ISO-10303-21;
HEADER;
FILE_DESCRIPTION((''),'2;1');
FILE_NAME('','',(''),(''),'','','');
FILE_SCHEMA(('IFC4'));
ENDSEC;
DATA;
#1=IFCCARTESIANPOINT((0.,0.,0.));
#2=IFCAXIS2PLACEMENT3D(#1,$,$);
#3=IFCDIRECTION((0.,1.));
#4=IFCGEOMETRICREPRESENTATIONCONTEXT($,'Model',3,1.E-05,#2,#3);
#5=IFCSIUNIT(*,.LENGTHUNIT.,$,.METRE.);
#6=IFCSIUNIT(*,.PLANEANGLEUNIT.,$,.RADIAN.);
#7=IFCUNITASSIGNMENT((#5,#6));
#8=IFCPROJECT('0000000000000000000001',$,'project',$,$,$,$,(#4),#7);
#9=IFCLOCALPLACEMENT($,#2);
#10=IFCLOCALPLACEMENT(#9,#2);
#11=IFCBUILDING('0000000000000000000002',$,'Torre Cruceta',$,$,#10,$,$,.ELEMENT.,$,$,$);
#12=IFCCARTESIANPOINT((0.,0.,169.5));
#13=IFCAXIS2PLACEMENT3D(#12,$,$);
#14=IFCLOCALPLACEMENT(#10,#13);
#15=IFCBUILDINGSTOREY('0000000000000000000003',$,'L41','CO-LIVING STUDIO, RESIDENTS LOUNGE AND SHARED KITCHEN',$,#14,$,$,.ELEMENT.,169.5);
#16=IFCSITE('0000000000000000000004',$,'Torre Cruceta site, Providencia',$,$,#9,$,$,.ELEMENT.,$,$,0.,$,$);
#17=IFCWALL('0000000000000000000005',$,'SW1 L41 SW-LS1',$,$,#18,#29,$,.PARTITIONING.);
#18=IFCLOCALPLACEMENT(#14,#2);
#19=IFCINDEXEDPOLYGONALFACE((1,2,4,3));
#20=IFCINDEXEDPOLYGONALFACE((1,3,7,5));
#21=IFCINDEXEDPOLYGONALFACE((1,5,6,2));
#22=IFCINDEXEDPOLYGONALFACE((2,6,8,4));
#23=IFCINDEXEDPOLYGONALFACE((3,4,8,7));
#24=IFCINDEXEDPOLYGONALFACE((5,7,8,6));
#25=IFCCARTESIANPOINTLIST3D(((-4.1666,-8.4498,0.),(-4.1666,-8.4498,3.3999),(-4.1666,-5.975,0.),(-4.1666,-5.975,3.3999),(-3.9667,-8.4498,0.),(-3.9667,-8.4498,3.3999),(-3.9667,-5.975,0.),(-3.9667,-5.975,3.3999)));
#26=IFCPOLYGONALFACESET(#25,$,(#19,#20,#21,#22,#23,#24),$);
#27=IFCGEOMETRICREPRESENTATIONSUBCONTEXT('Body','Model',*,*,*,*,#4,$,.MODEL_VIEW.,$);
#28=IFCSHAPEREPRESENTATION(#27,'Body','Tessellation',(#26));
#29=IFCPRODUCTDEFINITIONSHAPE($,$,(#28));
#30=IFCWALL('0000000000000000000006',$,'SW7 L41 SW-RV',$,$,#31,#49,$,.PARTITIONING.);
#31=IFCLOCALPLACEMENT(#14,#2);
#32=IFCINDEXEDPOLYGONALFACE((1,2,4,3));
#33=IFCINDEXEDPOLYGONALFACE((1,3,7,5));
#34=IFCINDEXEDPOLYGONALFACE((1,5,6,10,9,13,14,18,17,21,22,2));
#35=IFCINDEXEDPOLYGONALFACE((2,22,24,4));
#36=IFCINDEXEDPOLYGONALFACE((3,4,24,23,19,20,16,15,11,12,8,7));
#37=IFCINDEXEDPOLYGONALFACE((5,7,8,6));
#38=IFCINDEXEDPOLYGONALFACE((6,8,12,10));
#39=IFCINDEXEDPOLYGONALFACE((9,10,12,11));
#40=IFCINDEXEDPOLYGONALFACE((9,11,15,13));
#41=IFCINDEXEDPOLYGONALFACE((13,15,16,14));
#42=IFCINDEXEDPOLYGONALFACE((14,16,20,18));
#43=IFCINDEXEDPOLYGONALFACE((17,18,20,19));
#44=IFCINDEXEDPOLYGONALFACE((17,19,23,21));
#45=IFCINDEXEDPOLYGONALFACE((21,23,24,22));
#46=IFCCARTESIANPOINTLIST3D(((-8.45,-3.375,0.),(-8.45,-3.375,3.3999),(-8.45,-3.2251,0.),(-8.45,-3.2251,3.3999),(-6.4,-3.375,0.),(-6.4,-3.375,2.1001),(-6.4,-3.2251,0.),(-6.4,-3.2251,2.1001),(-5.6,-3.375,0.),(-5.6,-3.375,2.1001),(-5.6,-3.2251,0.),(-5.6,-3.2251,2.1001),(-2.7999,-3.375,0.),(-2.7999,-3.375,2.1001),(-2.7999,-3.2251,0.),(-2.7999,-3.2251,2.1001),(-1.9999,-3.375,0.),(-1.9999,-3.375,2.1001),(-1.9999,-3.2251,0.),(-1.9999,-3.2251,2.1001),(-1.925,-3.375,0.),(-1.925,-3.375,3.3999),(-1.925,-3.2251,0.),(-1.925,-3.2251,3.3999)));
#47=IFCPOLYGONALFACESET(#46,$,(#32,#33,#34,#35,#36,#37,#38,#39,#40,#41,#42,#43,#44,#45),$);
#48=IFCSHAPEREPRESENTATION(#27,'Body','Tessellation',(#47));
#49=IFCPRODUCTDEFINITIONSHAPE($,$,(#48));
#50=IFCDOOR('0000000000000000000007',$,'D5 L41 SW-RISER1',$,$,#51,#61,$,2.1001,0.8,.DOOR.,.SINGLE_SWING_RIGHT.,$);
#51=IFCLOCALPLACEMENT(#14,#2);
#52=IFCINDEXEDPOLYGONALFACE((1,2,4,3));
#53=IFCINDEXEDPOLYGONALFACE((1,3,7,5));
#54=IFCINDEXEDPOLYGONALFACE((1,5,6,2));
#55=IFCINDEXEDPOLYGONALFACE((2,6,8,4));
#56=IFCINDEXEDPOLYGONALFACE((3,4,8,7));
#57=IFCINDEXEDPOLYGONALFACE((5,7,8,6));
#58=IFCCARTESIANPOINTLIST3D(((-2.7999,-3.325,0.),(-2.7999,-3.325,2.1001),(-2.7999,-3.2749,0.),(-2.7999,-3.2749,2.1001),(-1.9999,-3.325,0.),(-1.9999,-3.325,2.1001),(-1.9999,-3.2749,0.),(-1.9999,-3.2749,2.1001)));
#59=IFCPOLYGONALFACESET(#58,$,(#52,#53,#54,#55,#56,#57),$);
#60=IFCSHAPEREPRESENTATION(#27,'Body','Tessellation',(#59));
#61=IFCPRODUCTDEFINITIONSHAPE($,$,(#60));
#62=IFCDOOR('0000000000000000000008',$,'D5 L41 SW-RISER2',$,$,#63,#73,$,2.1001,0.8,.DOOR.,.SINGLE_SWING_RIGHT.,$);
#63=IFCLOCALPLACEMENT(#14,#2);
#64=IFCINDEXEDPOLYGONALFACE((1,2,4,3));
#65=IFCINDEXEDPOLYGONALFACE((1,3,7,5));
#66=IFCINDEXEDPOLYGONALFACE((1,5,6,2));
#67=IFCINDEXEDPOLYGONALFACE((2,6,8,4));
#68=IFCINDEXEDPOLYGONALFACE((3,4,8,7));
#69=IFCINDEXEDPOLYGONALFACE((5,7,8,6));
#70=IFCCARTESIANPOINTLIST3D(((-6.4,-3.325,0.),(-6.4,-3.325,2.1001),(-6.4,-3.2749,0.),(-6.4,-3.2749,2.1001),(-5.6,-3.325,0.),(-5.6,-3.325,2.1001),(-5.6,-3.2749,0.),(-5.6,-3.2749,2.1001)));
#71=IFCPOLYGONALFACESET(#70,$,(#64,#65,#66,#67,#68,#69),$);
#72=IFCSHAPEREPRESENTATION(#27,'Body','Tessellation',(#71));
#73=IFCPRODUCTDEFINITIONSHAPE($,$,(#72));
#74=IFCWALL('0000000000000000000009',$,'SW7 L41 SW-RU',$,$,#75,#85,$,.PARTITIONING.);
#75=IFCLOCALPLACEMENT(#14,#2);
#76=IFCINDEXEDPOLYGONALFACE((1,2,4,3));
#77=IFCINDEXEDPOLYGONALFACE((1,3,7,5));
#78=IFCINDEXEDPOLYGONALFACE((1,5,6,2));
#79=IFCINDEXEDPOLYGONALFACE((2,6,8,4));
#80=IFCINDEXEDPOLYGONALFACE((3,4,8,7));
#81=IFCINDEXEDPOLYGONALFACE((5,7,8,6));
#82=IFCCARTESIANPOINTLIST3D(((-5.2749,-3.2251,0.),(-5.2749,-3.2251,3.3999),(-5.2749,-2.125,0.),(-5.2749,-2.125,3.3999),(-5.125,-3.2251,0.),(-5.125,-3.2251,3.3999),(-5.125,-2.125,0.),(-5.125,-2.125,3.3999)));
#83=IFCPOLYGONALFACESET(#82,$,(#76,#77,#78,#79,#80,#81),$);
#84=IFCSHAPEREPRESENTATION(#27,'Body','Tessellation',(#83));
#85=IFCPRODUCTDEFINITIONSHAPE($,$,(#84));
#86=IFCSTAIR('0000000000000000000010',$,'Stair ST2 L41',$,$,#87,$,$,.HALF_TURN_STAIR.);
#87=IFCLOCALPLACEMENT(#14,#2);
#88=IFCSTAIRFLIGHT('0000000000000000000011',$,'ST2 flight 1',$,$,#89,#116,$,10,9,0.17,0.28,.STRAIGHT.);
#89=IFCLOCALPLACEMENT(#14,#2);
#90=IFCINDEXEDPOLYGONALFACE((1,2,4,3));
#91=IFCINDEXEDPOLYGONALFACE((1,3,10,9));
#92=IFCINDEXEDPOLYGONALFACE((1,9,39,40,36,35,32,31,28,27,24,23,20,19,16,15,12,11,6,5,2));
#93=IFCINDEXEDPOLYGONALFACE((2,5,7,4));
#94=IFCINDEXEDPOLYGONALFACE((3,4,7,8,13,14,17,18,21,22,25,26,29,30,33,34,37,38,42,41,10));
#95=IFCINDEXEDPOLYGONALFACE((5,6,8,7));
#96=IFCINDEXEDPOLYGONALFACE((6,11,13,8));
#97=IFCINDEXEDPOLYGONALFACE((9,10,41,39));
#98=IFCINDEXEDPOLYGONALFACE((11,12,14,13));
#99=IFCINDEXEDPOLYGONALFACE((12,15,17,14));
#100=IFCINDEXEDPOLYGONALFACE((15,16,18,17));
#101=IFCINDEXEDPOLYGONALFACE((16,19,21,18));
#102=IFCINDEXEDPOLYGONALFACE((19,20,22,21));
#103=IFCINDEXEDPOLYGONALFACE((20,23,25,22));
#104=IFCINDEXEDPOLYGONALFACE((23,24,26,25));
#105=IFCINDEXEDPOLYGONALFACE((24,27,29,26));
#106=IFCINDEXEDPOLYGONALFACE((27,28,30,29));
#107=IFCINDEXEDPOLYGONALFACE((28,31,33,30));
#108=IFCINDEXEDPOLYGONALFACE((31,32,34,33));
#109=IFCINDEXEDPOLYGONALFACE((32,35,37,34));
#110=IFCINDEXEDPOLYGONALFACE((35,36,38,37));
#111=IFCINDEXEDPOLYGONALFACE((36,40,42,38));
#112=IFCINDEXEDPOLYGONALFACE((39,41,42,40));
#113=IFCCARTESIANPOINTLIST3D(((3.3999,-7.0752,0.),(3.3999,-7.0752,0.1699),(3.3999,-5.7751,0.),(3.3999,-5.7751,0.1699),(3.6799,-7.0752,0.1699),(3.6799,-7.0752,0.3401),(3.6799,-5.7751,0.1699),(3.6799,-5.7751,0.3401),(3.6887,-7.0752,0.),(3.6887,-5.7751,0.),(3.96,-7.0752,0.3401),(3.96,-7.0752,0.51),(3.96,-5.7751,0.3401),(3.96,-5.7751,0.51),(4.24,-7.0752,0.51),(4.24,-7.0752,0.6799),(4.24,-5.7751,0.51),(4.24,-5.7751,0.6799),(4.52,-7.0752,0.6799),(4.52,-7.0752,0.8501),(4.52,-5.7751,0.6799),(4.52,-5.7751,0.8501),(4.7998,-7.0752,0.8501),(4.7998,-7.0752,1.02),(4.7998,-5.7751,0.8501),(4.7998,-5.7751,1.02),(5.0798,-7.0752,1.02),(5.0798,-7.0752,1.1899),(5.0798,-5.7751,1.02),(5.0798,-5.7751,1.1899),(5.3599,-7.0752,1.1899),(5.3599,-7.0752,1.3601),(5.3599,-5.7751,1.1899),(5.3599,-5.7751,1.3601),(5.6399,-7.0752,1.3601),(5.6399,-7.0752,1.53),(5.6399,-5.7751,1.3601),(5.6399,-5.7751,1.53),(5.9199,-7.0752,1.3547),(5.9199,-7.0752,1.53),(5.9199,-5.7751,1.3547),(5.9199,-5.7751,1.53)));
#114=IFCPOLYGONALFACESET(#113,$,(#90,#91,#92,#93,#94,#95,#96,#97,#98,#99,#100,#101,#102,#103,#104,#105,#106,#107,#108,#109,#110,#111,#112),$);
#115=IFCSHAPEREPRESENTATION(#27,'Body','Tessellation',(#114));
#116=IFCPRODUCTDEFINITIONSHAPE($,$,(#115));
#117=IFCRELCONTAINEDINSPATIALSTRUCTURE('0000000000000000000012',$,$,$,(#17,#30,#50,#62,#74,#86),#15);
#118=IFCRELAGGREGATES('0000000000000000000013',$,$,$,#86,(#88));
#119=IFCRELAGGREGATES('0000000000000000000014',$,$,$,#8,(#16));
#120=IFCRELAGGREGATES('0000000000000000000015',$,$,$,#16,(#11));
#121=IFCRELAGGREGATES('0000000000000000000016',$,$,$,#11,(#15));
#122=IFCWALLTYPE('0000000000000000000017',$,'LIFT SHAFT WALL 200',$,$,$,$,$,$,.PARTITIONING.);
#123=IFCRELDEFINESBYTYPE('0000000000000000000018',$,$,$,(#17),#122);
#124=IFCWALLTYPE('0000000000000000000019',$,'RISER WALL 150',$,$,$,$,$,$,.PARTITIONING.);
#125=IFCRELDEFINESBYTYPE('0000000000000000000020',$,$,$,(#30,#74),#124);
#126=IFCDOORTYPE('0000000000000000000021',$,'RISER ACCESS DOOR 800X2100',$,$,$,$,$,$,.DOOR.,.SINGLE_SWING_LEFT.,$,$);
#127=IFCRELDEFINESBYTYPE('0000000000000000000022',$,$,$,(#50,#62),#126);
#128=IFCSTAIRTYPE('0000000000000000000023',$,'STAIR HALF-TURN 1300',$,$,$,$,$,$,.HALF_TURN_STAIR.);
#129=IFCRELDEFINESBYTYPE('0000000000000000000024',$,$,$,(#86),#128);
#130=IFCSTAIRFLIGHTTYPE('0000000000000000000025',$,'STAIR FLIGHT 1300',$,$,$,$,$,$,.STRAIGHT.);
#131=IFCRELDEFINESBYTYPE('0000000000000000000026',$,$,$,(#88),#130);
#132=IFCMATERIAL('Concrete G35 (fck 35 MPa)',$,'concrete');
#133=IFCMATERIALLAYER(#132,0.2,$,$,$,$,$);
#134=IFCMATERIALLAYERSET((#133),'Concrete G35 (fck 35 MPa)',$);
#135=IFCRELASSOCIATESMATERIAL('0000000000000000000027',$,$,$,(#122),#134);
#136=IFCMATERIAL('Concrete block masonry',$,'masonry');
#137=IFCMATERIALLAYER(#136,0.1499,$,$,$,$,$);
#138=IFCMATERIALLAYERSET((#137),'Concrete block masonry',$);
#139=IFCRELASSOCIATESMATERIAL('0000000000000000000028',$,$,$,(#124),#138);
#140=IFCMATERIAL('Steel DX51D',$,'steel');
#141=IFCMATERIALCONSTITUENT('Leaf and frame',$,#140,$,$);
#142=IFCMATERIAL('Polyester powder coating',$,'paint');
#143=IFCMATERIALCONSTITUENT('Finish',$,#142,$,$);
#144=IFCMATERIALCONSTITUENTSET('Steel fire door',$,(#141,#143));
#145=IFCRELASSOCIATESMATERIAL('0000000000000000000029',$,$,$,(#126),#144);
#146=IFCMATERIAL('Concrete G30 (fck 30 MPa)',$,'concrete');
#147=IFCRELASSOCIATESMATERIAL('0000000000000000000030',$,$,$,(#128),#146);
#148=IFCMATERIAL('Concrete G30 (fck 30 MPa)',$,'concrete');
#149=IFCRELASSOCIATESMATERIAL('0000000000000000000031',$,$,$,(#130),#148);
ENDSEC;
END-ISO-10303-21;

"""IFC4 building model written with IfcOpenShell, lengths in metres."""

from ifc_helpers import new_model, si_unit, direction, frame, frame_2d, origin, place, context, subcontext, project, spatial, polyline, rectangle, outline, extrude, material, layer, layer_set, constituent, constituent_set, type_object, element, fill, aggregate, save


model = new_model("IFC4")

# Units and contexts
model_context = context("Model", 3, precision=1e-05, world=origin(), true_north=direction((0.0, 1.0)))
body_context = subcontext(model_context, "Body", "Model", "MODEL_VIEW")
ifc_project = project(units=[si_unit("LENGTHUNIT", "METRE"), si_unit("PLANEANGLEUNIT", "RADIAN")], contexts=[model_context])

# Site, building, storey
site_placement = place(None, origin())
site = spatial("IfcSite", under=ifc_project, at=site_placement, Name="Torre Cruceta site, Providencia", CompositionType="ELEMENT", RefElevation=0.0)
building_placement = place(site_placement, origin())
building = spatial("IfcBuilding", under=site, at=building_placement, Name="Torre Cruceta", CompositionType="ELEMENT")
storey_placement = place(building_placement, frame((0.0, 0.0, 169.5)))
storey = spatial("IfcBuildingStorey", under=building, at=storey_placement, Name="L41", Description="CO-LIVING STUDIO, RESIDENTS LOUNGE AND SHARED KITCHEN", CompositionType="ELEMENT", Elevation=169.5)

# Wall
ifc_material_1 = material(Name="Concrete G35 (fck 35 MPa)", Category="concrete")
ifc_layer_1 = layer(ifc_material_1, 0.2)
ifc_layer_set_1 = layer_set([ifc_layer_1], Name="Concrete G35 (fck 35 MPa)")
wall_type_1 = type_object("IfcWallType", Name="LIFT SHAFT WALL 200", PredefinedType="PARTITIONING", material=ifc_layer_set_1)
wall_1_placement = place(storey_placement, frame((-4.0667, -5.9751, 0.0), z_axis=(0.0, 0.0, 1.0), x_axis=(0.0, -1.0, 0.0)))
element("IfcWall", 1, at=wall_1_placement, inside=storey, type_object=wall_type_1, Name="SW1 L41 SW-LS1", PredefinedType="PARTITIONING", context=body_context, shape_type="SweptSolid", body=[
    extrude(rectangle(XDim=2.4749, YDim=0.2, at=frame_2d((1.2373, 0.0))), origin(), (0.0, 0.0, 1.0), 3.3999),
])

# Wall, openings, doors
ifc_material_2 = material(Name="Concrete block masonry", Category="masonry")
ifc_layer_2 = layer(ifc_material_2, 0.1499)
ifc_layer_set_2 = layer_set([ifc_layer_2], Name="Concrete block masonry")
wall_type_2 = type_object("IfcWallType", Name="RISER WALL 150", PredefinedType="PARTITIONING", material=ifc_layer_set_2)
wall_2_placement = place(storey_placement, frame((-1.925, -3.3, 0.0), z_axis=(0.0, 0.0, 1.0), x_axis=(-1.0, 0.0, 0.0)))
wall_2 = element("IfcWall", 2, at=wall_2_placement, inside=storey, type_object=wall_type_2, Name="SW7 L41 SW-RV", PredefinedType="PARTITIONING", context=body_context, shape_type="SweptSolid", body=[
    extrude(rectangle(XDim=6.5249, YDim=0.1499, at=frame_2d((3.2625, 0.0))), origin(), (0.0, 0.0, 1.0), 3.3999),
])
opening_1_placement = place(wall_2_placement, frame((0.075, 0.0, 0.0)))
opening_1 = element("IfcOpeningElement", 3, at=opening_1_placement, cuts=wall_2, PredefinedType="OPENING", context=body_context, shape_type="SweptSolid", body=[
    extrude(rectangle(XDim=0.8, YDim=2.1001, at=frame_2d((0.3999, 1.05))), frame((0.0, 0.085, 0.0), z_axis=(0.0, -1.0, 0.0), x_axis=(1.0, 0.0, 0.0)), (0.0, 0.0, 1.0), 0.1699),
])
opening_2_placement = place(wall_2_placement, frame((3.675, 0.0, 0.0)))
opening_2 = element("IfcOpeningElement", 4, at=opening_2_placement, cuts=wall_2, PredefinedType="OPENING", context=body_context, shape_type="SweptSolid", body=[
    extrude(rectangle(XDim=0.8, YDim=2.1001, at=frame_2d((0.3999, 1.05))), frame((0.0, 0.085, 0.0), z_axis=(0.0, -1.0, 0.0), x_axis=(1.0, 0.0, 0.0)), (0.0, 0.0, 1.0), 0.1699),
])
ifc_material_3 = material(Name="Steel DX51D", Category="steel")
ifc_constituent_1 = constituent(ifc_material_3, Name="Leaf and frame")
ifc_material_4 = material(Name="Polyester powder coating", Category="paint")
ifc_constituent_2 = constituent(ifc_material_4, Name="Finish")
ifc_constituent_set_1 = constituent_set(constituents=[ifc_constituent_1, ifc_constituent_2], Name="Steel fire door")
door_type_1 = type_object("IfcDoorType", Name="RISER ACCESS DOOR 800X2100", OperationType="SINGLE_SWING_LEFT", PredefinedType="DOOR", material=ifc_constituent_set_1)
door_1_placement = place(opening_1_placement, frame((0.8, 0.0, 0.0), z_axis=(0.0, 0.0, 1.0), x_axis=(-1.0, 0.0, 0.0)))
door_1 = element("IfcDoor", 5, at=door_1_placement, inside=storey, type_object=door_type_1, Name="D5 L41 SW-RISER1", OperationType="SINGLE_SWING_RIGHT", OverallHeight=2.1001, OverallWidth=0.8, PredefinedType="DOOR", context=body_context, shape_type="SweptSolid", body=[
    extrude(rectangle(XDim=0.8, YDim=2.1001, at=frame_2d((0.4001, 1.05))), frame((0.0, 0.0251, 0.0), z_axis=(0.0, -1.0, 0.0), x_axis=(1.0, 0.0, 0.0)), (0.0, 0.0, 1.0), 0.05),
])
fill(opening_1, door_1)
door_2_placement = place(opening_2_placement, frame((0.8, 0.0, 0.0), z_axis=(0.0, 0.0, 1.0), x_axis=(-1.0, 0.0, 0.0)))
door_2 = element("IfcDoor", 6, at=door_2_placement, inside=storey, type_object=door_type_1, Name="D5 L41 SW-RISER2", OperationType="SINGLE_SWING_RIGHT", OverallHeight=2.1001, OverallWidth=0.8, PredefinedType="DOOR", context=body_context, shape_type="SweptSolid", body=[
    extrude(rectangle(XDim=0.8, YDim=2.1001, at=frame_2d((0.4001, 1.05))), frame((0.0, 0.0251, 0.0), z_axis=(0.0, -1.0, 0.0), x_axis=(1.0, 0.0, 0.0)), (0.0, 0.0, 1.0), 0.05),
])
fill(opening_2, door_2)

# Wall
wall_3_placement = place(storey_placement, frame((-5.2, -2.125, 0.0), z_axis=(0.0, 0.0, 1.0), x_axis=(0.0, -1.0, 0.0)))
element("IfcWall", 7, at=wall_3_placement, inside=storey, type_object=wall_type_2, Name="SW7 L41 SW-RU", PredefinedType="PARTITIONING", context=body_context, shape_type="SweptSolid", body=[
    extrude(rectangle(XDim=1.1001, YDim=0.1499, at=frame_2d((0.55, 0.0))), origin(), (0.0, 0.0, 1.0), 3.3999),
])

# Stair, stair flight
ifc_material_5 = material(Name="Concrete G30 (fck 30 MPa)", Category="concrete")
stair_type = type_object("IfcStairType", Name="STAIR HALF-TURN 1300", PredefinedType="HALF_TURN_STAIR", material=ifc_material_5)
stair_placement = place(storey_placement, origin())
stair = element("IfcStair", 8, at=stair_placement, inside=storey, type_object=stair_type, Name="Stair ST2 L41", PredefinedType="HALF_TURN_STAIR")
ifc_material_6 = material(Name="Concrete G30 (fck 30 MPa)", Category="concrete")
stair_flight_type = type_object("IfcStairFlightType", Name="STAIR FLIGHT 1300", PredefinedType="STRAIGHT", material=ifc_material_6)
stair_flight_placement = place(storey_placement, frame((3.3999, -6.425, 0.0), z_axis=(0.0, 0.0, 1.0), x_axis=(1.0, 0.0, 0.0)))
stair_flight = element("IfcStairFlight", 9, at=stair_flight_placement, type_object=stair_flight_type, Name="ST2 flight 1", NumberOfRisers=10, NumberOfTreads=9, PredefinedType="STRAIGHT", RiserHeight=0.17, TreadLength=0.28, context=body_context, shape_type="SweptSolid", body=[
    extrude(outline(polyline([(0.0, 0.0), (0.0, 0.1699), (0.28, 0.1699), (0.28, 0.3401), (0.5601, 0.3401), (0.5601, 0.51), (0.8401, 0.51), (0.8401, 0.6799), (1.1201, 0.6799), (1.1201, 0.8501), (1.3999, 0.8501), (1.3999, 1.02), (1.6799, 1.02), (1.6799, 1.1899), (1.96, 1.1899), (1.96, 1.3601), (2.24, 1.3601), (2.24, 1.53), (2.52, 1.53), (2.52, 1.7), (2.52, 1.3547), (0.2888, 0.0), (0.0, 0.0)])), frame((0.0, 0.6499, 0.0), z_axis=(0.0, -1.0, 0.0), x_axis=(1.0, 0.0, 0.0)), (0.0, 0.0, 1.0), 1.3),
])
aggregate(stair, [stair_flight])

save(model, "model.ifc")
